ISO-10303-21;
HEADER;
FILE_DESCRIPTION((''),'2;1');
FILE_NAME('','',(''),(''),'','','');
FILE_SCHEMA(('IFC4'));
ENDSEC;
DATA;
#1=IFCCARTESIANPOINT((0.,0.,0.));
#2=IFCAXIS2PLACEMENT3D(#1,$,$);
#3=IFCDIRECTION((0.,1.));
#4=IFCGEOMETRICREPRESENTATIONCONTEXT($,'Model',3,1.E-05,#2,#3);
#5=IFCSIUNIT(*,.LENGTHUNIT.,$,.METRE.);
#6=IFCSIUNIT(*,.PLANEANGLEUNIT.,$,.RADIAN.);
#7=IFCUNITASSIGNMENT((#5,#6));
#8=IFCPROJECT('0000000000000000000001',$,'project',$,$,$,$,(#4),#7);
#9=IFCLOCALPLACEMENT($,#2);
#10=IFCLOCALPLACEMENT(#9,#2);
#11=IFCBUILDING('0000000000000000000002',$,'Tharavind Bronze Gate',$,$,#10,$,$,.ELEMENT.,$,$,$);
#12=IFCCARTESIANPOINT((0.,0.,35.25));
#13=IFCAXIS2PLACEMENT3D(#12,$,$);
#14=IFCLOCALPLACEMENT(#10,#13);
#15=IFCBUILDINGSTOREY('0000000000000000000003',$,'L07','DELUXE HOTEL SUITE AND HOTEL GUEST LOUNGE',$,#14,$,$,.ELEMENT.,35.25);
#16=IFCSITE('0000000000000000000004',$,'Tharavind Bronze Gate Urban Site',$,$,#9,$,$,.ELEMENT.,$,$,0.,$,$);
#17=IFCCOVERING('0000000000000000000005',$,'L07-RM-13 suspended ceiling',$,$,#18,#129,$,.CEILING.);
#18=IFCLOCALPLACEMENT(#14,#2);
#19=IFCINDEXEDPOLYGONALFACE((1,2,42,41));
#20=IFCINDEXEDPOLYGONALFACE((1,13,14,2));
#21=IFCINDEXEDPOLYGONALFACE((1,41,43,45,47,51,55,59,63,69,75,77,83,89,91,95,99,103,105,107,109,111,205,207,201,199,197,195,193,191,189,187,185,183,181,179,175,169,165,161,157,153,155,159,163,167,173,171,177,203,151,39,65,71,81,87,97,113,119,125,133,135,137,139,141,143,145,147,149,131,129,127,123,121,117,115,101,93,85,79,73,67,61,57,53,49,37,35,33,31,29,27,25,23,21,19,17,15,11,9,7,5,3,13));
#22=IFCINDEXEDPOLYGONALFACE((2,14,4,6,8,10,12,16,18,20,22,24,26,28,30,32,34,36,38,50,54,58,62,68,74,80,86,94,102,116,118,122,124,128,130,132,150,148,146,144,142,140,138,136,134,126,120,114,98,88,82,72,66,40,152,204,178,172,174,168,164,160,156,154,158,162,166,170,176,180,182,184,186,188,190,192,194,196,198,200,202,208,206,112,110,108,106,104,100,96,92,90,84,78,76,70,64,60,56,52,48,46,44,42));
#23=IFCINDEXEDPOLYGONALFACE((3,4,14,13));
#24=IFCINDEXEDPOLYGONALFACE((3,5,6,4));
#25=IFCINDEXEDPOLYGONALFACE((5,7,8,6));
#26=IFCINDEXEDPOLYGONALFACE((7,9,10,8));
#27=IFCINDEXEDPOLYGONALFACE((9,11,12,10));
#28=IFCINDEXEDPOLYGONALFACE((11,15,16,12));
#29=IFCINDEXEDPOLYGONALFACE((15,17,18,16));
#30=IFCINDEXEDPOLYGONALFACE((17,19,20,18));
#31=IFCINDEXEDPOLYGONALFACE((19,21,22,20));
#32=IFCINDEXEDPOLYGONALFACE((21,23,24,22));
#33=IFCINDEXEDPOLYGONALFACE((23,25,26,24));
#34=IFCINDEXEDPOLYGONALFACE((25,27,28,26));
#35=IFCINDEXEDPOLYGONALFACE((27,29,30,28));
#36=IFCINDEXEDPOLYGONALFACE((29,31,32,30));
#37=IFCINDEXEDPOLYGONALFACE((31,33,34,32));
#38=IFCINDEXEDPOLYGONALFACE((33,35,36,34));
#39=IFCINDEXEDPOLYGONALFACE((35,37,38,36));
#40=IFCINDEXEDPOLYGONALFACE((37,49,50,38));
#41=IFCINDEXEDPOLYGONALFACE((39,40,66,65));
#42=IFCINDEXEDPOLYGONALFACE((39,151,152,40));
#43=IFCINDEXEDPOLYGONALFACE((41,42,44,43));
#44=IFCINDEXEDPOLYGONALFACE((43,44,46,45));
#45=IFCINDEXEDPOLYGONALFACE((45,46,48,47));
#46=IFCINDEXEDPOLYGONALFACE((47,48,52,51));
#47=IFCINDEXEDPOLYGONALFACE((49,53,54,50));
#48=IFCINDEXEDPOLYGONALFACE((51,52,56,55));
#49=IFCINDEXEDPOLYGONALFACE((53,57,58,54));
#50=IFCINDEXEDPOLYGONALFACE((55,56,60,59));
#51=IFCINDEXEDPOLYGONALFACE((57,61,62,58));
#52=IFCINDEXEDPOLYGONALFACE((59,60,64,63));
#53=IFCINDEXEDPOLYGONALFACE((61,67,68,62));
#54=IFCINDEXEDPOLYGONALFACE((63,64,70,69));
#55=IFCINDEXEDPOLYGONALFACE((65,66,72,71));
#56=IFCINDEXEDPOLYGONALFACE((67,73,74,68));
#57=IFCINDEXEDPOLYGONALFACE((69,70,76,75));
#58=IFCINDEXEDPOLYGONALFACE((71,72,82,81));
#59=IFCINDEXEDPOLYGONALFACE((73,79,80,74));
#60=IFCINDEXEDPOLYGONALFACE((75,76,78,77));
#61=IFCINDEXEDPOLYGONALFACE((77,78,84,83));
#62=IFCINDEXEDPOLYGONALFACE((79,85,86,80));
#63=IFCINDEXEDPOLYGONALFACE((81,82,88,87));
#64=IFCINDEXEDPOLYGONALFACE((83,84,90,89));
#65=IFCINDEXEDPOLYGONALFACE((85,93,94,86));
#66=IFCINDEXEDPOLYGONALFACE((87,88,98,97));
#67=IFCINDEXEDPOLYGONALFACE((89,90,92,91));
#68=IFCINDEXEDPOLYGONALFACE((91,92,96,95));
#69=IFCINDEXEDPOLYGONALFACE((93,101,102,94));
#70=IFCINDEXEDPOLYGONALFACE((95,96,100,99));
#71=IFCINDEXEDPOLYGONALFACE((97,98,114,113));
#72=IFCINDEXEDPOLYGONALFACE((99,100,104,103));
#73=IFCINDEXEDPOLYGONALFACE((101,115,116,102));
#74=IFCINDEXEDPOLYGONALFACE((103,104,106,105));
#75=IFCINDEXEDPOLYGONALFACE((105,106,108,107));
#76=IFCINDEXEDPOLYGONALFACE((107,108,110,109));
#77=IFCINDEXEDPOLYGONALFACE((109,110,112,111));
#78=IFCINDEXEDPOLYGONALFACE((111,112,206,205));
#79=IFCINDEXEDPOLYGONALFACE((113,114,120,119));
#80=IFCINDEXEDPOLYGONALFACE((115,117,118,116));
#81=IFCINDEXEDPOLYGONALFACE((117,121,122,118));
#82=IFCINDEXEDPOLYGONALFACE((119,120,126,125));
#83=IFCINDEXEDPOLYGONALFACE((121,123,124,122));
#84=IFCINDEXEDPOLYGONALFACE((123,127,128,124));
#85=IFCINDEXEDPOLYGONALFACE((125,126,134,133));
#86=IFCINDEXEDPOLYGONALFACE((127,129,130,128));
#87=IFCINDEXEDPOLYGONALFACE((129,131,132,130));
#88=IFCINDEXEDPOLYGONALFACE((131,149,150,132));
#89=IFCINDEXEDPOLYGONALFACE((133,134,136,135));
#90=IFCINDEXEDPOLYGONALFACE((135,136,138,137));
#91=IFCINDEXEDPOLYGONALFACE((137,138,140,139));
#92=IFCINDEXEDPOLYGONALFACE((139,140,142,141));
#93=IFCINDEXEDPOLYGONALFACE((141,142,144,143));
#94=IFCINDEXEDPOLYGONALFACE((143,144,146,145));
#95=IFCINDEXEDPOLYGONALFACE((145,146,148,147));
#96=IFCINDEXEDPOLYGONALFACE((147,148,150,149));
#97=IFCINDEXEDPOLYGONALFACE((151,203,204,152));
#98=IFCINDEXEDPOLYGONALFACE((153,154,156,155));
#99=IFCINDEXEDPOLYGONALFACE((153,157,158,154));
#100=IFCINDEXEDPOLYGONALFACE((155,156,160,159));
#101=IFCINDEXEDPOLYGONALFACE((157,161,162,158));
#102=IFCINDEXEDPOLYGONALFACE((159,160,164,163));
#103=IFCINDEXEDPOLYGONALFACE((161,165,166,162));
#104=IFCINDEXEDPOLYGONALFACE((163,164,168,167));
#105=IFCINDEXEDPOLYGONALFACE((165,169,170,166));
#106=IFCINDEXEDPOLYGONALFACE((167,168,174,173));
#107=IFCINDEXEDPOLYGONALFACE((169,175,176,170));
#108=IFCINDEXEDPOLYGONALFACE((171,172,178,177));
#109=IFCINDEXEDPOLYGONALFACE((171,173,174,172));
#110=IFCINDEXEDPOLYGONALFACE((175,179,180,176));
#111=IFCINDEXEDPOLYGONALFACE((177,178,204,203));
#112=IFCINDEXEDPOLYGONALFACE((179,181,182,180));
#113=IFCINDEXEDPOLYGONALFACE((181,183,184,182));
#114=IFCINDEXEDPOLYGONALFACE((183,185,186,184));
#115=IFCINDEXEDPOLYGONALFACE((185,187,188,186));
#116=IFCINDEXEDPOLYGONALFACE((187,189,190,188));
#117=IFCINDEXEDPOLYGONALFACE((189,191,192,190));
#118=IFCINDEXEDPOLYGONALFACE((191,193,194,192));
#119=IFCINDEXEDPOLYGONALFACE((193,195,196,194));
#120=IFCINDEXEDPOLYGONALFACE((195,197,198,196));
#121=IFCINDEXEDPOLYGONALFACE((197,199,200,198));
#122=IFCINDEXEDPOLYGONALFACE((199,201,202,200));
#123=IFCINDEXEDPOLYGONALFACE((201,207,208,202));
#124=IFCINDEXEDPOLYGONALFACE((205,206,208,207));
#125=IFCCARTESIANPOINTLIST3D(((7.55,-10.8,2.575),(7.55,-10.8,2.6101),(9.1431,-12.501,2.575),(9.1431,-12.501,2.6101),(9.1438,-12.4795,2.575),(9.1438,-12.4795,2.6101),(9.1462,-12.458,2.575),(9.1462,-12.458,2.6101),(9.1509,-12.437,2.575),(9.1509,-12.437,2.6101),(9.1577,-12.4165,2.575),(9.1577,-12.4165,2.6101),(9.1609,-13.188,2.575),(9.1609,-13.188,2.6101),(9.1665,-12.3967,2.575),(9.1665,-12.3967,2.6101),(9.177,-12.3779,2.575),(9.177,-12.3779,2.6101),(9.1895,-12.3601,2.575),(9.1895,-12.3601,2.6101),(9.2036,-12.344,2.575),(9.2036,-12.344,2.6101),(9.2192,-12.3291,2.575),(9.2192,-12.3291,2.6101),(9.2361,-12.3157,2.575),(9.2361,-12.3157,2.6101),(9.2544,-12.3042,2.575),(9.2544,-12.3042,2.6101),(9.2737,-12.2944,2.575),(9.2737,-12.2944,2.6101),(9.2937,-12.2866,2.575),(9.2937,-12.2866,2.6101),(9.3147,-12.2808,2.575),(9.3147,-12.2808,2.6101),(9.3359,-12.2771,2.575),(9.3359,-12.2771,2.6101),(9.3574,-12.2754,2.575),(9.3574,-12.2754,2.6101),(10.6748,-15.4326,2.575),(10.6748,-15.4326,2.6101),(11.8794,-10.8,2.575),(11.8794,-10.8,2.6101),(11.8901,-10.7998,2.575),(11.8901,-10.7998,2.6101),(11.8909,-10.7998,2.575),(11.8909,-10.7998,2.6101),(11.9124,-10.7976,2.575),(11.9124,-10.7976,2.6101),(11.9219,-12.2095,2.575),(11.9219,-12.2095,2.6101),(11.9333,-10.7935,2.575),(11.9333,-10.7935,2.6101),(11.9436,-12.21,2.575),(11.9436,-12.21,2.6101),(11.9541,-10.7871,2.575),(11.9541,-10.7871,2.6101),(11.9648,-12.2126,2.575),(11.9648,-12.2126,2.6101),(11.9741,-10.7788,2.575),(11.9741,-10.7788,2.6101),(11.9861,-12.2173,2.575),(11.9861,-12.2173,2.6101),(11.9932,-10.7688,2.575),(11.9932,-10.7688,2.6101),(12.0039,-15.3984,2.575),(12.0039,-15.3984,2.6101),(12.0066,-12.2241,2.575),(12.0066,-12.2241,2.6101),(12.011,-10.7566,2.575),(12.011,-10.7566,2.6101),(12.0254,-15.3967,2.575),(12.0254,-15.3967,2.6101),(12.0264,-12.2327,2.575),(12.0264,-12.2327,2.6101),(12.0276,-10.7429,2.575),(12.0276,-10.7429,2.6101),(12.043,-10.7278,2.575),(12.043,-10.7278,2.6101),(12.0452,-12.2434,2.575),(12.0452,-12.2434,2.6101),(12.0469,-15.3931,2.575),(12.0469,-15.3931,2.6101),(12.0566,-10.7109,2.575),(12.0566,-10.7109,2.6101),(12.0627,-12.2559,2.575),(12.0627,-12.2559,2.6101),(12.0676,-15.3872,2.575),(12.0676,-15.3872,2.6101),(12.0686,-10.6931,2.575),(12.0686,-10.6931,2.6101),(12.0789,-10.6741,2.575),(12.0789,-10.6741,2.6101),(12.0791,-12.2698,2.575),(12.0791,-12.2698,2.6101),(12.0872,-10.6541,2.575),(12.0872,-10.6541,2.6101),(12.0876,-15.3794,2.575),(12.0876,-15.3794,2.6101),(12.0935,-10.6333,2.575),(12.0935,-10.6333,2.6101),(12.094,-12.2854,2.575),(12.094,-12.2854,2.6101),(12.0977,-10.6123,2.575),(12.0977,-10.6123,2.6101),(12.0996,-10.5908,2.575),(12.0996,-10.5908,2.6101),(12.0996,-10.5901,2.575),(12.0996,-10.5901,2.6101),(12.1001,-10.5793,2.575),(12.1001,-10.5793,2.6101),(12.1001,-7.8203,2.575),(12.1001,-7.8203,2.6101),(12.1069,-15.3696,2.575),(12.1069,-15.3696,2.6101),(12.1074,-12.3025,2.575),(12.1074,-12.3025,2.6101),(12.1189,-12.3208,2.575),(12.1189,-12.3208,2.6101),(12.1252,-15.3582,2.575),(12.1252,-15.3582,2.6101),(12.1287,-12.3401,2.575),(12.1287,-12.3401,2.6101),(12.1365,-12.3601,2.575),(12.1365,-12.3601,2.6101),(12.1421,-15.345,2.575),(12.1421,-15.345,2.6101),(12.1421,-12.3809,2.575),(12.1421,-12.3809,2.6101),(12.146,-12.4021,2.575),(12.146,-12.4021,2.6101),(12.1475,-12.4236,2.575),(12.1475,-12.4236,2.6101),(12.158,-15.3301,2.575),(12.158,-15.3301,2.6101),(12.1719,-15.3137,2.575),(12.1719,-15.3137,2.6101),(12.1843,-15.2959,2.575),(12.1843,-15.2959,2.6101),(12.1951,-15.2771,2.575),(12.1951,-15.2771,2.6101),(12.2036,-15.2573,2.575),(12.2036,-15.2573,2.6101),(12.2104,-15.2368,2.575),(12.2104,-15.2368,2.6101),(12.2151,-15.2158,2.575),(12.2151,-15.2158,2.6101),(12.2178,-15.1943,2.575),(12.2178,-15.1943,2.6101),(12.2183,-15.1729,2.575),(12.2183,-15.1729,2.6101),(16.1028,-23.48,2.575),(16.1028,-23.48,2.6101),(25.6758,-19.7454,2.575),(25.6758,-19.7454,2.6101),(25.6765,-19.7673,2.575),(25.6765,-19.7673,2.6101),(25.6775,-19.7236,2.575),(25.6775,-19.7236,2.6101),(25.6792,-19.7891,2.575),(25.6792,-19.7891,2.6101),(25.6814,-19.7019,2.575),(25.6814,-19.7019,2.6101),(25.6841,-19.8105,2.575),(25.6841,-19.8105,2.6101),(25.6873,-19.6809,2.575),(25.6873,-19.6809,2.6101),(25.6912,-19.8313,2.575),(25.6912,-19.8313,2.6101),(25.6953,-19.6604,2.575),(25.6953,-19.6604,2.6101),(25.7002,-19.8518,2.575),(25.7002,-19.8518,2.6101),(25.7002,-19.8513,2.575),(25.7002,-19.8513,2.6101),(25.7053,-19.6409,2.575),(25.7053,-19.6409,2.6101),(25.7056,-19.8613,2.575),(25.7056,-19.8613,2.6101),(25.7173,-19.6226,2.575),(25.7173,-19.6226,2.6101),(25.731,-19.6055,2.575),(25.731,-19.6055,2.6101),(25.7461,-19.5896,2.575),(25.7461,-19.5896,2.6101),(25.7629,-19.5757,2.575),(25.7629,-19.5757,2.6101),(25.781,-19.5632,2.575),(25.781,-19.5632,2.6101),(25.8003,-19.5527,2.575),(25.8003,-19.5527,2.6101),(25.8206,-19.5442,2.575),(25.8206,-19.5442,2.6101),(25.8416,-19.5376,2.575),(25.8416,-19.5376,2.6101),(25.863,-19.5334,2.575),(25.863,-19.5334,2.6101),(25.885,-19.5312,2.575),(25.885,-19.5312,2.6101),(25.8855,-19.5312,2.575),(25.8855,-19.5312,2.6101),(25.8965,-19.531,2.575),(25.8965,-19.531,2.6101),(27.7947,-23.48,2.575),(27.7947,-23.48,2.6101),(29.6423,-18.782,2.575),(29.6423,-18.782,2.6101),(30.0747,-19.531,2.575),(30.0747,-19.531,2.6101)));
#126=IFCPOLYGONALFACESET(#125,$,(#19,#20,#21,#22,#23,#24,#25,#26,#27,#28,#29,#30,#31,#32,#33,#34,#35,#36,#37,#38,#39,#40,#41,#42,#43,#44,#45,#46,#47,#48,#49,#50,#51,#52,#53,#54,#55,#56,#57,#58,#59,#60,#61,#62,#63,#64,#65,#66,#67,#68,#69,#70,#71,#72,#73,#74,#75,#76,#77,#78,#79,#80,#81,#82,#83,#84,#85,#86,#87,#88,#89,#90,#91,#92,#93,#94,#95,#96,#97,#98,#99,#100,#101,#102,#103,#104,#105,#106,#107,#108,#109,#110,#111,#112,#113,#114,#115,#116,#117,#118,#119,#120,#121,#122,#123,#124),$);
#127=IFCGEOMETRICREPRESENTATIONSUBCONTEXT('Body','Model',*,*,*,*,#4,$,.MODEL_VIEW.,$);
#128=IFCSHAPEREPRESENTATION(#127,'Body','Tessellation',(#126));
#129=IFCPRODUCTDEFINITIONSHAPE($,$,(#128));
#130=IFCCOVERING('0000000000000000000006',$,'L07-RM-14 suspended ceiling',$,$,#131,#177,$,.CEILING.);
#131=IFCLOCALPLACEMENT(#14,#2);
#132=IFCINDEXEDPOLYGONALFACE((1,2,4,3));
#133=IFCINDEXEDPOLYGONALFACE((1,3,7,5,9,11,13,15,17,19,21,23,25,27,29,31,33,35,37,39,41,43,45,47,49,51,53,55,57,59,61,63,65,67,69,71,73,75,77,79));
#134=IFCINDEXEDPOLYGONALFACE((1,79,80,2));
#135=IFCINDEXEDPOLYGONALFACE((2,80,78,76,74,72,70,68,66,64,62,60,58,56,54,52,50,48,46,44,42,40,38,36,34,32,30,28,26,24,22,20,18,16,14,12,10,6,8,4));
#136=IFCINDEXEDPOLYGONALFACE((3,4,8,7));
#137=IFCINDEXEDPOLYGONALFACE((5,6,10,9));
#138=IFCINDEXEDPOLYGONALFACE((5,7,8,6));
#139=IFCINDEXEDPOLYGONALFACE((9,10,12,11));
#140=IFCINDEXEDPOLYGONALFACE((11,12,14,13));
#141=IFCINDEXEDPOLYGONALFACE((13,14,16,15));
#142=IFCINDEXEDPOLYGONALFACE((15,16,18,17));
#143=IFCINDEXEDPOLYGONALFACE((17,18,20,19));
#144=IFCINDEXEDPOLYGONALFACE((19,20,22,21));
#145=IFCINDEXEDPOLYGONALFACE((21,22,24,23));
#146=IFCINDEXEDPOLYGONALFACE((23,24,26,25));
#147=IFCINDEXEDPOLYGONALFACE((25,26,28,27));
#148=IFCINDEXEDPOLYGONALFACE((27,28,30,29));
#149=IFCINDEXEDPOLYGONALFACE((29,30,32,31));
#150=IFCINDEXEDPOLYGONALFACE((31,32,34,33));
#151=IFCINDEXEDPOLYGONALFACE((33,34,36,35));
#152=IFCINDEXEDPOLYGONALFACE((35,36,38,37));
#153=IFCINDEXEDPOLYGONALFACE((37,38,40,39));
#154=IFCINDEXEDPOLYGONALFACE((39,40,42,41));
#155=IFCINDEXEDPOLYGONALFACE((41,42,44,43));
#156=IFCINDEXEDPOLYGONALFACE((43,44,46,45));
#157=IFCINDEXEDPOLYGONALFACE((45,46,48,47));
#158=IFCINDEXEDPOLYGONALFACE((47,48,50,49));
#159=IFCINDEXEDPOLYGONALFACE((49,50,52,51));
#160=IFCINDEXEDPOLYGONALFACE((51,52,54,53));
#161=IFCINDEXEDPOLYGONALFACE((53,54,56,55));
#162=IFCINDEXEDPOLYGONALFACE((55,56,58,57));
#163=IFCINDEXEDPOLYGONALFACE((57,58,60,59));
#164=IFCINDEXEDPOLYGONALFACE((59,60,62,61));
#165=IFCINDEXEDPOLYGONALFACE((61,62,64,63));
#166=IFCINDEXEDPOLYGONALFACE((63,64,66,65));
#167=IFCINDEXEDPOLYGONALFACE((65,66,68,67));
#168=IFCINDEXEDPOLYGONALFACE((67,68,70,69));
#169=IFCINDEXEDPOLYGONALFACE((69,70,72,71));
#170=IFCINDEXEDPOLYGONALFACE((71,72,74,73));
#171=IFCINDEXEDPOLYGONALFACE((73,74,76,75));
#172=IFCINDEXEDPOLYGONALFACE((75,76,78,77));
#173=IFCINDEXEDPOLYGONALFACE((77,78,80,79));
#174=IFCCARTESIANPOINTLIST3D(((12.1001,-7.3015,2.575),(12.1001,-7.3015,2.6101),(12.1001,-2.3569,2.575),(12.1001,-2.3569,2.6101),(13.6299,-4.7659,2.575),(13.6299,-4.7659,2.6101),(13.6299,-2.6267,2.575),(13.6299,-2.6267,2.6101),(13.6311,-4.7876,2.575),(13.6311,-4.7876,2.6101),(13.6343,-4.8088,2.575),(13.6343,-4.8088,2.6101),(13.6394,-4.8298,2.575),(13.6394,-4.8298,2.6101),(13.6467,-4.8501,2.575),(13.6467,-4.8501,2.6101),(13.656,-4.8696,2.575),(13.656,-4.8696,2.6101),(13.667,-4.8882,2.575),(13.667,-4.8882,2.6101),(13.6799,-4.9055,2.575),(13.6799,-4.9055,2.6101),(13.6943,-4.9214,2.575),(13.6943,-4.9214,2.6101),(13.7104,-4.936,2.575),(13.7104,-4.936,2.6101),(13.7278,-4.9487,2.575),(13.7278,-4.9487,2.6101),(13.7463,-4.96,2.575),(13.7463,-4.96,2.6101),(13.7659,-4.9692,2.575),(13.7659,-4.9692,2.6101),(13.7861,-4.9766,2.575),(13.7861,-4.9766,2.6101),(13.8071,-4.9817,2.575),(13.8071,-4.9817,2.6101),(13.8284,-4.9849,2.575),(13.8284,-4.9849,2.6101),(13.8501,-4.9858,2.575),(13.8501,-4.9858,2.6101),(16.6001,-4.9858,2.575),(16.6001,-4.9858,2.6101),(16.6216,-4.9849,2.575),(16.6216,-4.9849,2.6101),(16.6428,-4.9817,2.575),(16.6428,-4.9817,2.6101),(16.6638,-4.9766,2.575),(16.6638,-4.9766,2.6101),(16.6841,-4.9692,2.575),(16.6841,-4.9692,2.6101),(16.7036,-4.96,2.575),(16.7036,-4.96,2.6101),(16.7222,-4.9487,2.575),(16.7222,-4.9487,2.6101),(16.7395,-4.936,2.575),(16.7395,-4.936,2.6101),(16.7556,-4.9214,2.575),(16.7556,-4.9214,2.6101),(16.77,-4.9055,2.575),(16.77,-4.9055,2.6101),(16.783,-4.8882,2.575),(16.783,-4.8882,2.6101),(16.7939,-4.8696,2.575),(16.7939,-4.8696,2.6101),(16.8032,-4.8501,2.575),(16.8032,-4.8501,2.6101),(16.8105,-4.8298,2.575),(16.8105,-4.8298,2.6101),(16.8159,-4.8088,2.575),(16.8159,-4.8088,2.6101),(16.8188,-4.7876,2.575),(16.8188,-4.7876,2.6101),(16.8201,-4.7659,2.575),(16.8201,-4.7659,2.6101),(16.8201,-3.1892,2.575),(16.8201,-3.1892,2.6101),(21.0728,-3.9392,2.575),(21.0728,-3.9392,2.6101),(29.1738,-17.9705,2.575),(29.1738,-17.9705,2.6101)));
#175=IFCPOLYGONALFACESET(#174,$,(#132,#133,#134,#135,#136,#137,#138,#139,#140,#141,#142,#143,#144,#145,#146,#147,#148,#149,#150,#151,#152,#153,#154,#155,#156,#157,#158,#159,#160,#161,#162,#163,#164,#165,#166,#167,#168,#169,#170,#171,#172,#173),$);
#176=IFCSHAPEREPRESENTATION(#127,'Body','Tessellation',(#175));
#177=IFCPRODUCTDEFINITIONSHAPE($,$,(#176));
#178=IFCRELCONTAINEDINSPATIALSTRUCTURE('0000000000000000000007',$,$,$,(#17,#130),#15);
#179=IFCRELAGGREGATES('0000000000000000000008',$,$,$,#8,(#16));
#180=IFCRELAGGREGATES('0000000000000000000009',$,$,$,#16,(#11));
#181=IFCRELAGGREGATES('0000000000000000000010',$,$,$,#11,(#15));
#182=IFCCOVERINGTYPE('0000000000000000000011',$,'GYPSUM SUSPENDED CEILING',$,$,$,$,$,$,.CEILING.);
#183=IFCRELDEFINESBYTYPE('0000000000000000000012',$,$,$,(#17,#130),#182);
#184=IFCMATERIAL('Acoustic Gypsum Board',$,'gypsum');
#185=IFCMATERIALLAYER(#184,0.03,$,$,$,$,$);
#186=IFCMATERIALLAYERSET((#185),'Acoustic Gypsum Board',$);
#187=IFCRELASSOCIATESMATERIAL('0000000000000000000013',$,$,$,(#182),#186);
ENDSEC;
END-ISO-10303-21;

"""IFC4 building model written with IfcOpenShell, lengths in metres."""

from ifc_helpers import new_model, si_unit, direction, frame, origin, place, context, subcontext, project, spatial, polyline, outline, extrude, material, layer, layer_set, type_object, element, save


model = new_model("IFC4")

# Units and contexts
model_context = context("Model", 3, precision=1e-05, world=origin(), true_north=direction((0.0, 1.0)))
body_context = subcontext(model_context, "Body", "Model", "MODEL_VIEW")
ifc_project = project(units=[si_unit("LENGTHUNIT", "METRE"), si_unit("PLANEANGLEUNIT", "RADIAN")], contexts=[model_context])

# Site, building, storey
site_placement = place(None, origin())
site = spatial("IfcSite", under=ifc_project, at=site_placement, Name="Tharavind Bronze Gate Urban Site", CompositionType="ELEMENT", RefElevation=0.0)
building_placement = place(site_placement, origin())
building = spatial("IfcBuilding", under=site, at=building_placement, Name="Tharavind Bronze Gate", CompositionType="ELEMENT")
storey_placement = place(building_placement, frame((0.0, 0.0, 35.25)))
storey = spatial("IfcBuildingStorey", under=building, at=storey_placement, Name="L07", Description="DELUXE HOTEL SUITE AND HOTEL GUEST LOUNGE", CompositionType="ELEMENT", Elevation=35.25)

# Coverings
ifc_material_1 = material(Name="Acoustic Gypsum Board", Category="gypsum")
ifc_layer_1 = layer(ifc_material_1, 0.03)
ifc_layer_set_1 = layer_set([ifc_layer_1], Name="Acoustic Gypsum Board")
covering_type_1 = type_object("IfcCoveringType", Name="GYPSUM SUSPENDED CEILING", PredefinedType="CEILING", material=ifc_layer_set_1)
covering_1_placement = place(storey_placement, frame((0.0, 0.0, 2.575)))
element("IfcCovering", 1, at=covering_1_placement, inside=storey, type_object=covering_type_1, Name="L07-RM-13 suspended ceiling", PredefinedType="CEILING", context=body_context, shape_type="SweptSolid", body=[
    extrude(outline(polyline([(9.1609, -13.188), (9.1431, -12.501), (9.1438, -12.4795), (9.1462, -12.458), (9.1509, -12.437), (9.1577, -12.4165), (9.1665, -12.3967), (9.177, -12.3779), (9.1895, -12.3601), (9.2036, -12.344), (9.2192, -12.3291), (9.2361, -12.3157), (9.2544, -12.3042), (9.2737, -12.2944), (9.2937, -12.2866), (9.3147, -12.2808), (9.3359, -12.2771), (9.3574, -12.2754), (11.9219, -12.2095), (11.9436, -12.21), (11.9648, -12.2126), (11.9861, -12.2173), (12.0066, -12.2241), (12.0264, -12.2327), (12.0452, -12.2434), (12.0627, -12.2559), (12.0791, -12.2698), (12.094, -12.2854), (12.1074, -12.3025), (12.1189, -12.3208), (12.1287, -12.3401), (12.1365, -12.3601), (12.1421, -12.3809), (12.146, -12.4021), (12.1475, -12.4236), (12.2183, -15.1729), (12.2178, -15.1943), (12.2151, -15.2158), (12.2104, -15.2368), (12.2036, -15.2573), (12.1951, -15.2771), (12.1843, -15.2959), (12.1719, -15.3137), (12.158, -15.3301), (12.1421, -15.345), (12.1252, -15.3582), (12.1069, -15.3696), (12.0876, -15.3794), (12.0676, -15.3872), (12.0469, -15.3931), (12.0254, -15.3967), (12.0039, -15.3984), (10.6748, -15.4326), (16.1028, -23.48), (27.7947, -23.48), (25.7056, -19.8613), (25.7002, -19.8518), (25.7002, -19.8513), (25.6912, -19.8313), (25.6841, -19.8105), (25.6792, -19.7891), (25.6765, -19.7673), (25.6758, -19.7454), (25.6775, -19.7236), (25.6814, -19.7019), (25.6873, -19.6809), (25.6953, -19.6604), (25.7053, -19.6409), (25.7173, -19.6226), (25.731, -19.6055), (25.7461, -19.5896), (25.7629, -19.5757), (25.781, -19.5632), (25.8003, -19.5527), (25.8206, -19.5442), (25.8416, -19.5376), (25.863, -19.5334), (25.885, -19.5312), (25.8855, -19.5312), (25.8965, -19.531), (30.0747, -19.531), (29.6423, -18.782), (12.1001, -7.8203), (12.1001, -10.5793), (12.0996, -10.5901), (12.0996, -10.5908), (12.0977, -10.6123), (12.0935, -10.6333), (12.0872, -10.6541), (12.0789, -10.6741), (12.0686, -10.6931), (12.0566, -10.7109), (12.043, -10.7278), (12.0276, -10.7429), (12.011, -10.7566), (11.9932, -10.7688), (11.9741, -10.7788), (11.9541, -10.7871), (11.9333, -10.7935), (11.9124, -10.7976), (11.8909, -10.7998), (11.8901, -10.7998), (11.8794, -10.8), (7.55, -10.8), (9.1609, -13.188)])), origin(), (0.0, 0.0, 1.0), 0.0352),
])
covering_2_placement = place(storey_placement, frame((0.0, 0.0, 2.575)))
element("IfcCovering", 2, at=covering_2_placement, inside=storey, type_object=covering_type_1, Name="L07-RM-14 suspended ceiling", PredefinedType="CEILING", context=body_context, shape_type="SweptSolid", body=[
    extrude(outline(polyline([(12.1001, -7.3015), (29.1738, -17.9705), (21.0728, -3.9392), (16.8201, -3.1892), (16.8201, -4.7659), (16.8188, -4.7876), (16.8159, -4.8088), (16.8105, -4.8298), (16.8032, -4.8501), (16.7939, -4.8696), (16.783, -4.8882), (16.77, -4.9055), (16.7556, -4.9214), (16.7395, -4.936), (16.7222, -4.9487), (16.7036, -4.96), (16.6841, -4.9692), (16.6638, -4.9766), (16.6428, -4.9817), (16.6216, -4.9849), (16.6001, -4.9858), (13.8501, -4.9858), (13.8284, -4.9849), (13.8071, -4.9817), (13.7861, -4.9766), (13.7659, -4.9692), (13.7463, -4.96), (13.7278, -4.9487), (13.7104, -4.936), (13.6943, -4.9214), (13.6799, -4.9055), (13.667, -4.8882), (13.656, -4.8696), (13.6467, -4.8501), (13.6394, -4.8298), (13.6343, -4.8088), (13.6311, -4.7876), (13.6299, -4.7659), (13.6299, -2.6267), (12.1001, -2.3569), (12.1001, -7.3015)])), origin(), (0.0, 0.0, 1.0), 0.0352),
])

save(model, "model.ifc")
